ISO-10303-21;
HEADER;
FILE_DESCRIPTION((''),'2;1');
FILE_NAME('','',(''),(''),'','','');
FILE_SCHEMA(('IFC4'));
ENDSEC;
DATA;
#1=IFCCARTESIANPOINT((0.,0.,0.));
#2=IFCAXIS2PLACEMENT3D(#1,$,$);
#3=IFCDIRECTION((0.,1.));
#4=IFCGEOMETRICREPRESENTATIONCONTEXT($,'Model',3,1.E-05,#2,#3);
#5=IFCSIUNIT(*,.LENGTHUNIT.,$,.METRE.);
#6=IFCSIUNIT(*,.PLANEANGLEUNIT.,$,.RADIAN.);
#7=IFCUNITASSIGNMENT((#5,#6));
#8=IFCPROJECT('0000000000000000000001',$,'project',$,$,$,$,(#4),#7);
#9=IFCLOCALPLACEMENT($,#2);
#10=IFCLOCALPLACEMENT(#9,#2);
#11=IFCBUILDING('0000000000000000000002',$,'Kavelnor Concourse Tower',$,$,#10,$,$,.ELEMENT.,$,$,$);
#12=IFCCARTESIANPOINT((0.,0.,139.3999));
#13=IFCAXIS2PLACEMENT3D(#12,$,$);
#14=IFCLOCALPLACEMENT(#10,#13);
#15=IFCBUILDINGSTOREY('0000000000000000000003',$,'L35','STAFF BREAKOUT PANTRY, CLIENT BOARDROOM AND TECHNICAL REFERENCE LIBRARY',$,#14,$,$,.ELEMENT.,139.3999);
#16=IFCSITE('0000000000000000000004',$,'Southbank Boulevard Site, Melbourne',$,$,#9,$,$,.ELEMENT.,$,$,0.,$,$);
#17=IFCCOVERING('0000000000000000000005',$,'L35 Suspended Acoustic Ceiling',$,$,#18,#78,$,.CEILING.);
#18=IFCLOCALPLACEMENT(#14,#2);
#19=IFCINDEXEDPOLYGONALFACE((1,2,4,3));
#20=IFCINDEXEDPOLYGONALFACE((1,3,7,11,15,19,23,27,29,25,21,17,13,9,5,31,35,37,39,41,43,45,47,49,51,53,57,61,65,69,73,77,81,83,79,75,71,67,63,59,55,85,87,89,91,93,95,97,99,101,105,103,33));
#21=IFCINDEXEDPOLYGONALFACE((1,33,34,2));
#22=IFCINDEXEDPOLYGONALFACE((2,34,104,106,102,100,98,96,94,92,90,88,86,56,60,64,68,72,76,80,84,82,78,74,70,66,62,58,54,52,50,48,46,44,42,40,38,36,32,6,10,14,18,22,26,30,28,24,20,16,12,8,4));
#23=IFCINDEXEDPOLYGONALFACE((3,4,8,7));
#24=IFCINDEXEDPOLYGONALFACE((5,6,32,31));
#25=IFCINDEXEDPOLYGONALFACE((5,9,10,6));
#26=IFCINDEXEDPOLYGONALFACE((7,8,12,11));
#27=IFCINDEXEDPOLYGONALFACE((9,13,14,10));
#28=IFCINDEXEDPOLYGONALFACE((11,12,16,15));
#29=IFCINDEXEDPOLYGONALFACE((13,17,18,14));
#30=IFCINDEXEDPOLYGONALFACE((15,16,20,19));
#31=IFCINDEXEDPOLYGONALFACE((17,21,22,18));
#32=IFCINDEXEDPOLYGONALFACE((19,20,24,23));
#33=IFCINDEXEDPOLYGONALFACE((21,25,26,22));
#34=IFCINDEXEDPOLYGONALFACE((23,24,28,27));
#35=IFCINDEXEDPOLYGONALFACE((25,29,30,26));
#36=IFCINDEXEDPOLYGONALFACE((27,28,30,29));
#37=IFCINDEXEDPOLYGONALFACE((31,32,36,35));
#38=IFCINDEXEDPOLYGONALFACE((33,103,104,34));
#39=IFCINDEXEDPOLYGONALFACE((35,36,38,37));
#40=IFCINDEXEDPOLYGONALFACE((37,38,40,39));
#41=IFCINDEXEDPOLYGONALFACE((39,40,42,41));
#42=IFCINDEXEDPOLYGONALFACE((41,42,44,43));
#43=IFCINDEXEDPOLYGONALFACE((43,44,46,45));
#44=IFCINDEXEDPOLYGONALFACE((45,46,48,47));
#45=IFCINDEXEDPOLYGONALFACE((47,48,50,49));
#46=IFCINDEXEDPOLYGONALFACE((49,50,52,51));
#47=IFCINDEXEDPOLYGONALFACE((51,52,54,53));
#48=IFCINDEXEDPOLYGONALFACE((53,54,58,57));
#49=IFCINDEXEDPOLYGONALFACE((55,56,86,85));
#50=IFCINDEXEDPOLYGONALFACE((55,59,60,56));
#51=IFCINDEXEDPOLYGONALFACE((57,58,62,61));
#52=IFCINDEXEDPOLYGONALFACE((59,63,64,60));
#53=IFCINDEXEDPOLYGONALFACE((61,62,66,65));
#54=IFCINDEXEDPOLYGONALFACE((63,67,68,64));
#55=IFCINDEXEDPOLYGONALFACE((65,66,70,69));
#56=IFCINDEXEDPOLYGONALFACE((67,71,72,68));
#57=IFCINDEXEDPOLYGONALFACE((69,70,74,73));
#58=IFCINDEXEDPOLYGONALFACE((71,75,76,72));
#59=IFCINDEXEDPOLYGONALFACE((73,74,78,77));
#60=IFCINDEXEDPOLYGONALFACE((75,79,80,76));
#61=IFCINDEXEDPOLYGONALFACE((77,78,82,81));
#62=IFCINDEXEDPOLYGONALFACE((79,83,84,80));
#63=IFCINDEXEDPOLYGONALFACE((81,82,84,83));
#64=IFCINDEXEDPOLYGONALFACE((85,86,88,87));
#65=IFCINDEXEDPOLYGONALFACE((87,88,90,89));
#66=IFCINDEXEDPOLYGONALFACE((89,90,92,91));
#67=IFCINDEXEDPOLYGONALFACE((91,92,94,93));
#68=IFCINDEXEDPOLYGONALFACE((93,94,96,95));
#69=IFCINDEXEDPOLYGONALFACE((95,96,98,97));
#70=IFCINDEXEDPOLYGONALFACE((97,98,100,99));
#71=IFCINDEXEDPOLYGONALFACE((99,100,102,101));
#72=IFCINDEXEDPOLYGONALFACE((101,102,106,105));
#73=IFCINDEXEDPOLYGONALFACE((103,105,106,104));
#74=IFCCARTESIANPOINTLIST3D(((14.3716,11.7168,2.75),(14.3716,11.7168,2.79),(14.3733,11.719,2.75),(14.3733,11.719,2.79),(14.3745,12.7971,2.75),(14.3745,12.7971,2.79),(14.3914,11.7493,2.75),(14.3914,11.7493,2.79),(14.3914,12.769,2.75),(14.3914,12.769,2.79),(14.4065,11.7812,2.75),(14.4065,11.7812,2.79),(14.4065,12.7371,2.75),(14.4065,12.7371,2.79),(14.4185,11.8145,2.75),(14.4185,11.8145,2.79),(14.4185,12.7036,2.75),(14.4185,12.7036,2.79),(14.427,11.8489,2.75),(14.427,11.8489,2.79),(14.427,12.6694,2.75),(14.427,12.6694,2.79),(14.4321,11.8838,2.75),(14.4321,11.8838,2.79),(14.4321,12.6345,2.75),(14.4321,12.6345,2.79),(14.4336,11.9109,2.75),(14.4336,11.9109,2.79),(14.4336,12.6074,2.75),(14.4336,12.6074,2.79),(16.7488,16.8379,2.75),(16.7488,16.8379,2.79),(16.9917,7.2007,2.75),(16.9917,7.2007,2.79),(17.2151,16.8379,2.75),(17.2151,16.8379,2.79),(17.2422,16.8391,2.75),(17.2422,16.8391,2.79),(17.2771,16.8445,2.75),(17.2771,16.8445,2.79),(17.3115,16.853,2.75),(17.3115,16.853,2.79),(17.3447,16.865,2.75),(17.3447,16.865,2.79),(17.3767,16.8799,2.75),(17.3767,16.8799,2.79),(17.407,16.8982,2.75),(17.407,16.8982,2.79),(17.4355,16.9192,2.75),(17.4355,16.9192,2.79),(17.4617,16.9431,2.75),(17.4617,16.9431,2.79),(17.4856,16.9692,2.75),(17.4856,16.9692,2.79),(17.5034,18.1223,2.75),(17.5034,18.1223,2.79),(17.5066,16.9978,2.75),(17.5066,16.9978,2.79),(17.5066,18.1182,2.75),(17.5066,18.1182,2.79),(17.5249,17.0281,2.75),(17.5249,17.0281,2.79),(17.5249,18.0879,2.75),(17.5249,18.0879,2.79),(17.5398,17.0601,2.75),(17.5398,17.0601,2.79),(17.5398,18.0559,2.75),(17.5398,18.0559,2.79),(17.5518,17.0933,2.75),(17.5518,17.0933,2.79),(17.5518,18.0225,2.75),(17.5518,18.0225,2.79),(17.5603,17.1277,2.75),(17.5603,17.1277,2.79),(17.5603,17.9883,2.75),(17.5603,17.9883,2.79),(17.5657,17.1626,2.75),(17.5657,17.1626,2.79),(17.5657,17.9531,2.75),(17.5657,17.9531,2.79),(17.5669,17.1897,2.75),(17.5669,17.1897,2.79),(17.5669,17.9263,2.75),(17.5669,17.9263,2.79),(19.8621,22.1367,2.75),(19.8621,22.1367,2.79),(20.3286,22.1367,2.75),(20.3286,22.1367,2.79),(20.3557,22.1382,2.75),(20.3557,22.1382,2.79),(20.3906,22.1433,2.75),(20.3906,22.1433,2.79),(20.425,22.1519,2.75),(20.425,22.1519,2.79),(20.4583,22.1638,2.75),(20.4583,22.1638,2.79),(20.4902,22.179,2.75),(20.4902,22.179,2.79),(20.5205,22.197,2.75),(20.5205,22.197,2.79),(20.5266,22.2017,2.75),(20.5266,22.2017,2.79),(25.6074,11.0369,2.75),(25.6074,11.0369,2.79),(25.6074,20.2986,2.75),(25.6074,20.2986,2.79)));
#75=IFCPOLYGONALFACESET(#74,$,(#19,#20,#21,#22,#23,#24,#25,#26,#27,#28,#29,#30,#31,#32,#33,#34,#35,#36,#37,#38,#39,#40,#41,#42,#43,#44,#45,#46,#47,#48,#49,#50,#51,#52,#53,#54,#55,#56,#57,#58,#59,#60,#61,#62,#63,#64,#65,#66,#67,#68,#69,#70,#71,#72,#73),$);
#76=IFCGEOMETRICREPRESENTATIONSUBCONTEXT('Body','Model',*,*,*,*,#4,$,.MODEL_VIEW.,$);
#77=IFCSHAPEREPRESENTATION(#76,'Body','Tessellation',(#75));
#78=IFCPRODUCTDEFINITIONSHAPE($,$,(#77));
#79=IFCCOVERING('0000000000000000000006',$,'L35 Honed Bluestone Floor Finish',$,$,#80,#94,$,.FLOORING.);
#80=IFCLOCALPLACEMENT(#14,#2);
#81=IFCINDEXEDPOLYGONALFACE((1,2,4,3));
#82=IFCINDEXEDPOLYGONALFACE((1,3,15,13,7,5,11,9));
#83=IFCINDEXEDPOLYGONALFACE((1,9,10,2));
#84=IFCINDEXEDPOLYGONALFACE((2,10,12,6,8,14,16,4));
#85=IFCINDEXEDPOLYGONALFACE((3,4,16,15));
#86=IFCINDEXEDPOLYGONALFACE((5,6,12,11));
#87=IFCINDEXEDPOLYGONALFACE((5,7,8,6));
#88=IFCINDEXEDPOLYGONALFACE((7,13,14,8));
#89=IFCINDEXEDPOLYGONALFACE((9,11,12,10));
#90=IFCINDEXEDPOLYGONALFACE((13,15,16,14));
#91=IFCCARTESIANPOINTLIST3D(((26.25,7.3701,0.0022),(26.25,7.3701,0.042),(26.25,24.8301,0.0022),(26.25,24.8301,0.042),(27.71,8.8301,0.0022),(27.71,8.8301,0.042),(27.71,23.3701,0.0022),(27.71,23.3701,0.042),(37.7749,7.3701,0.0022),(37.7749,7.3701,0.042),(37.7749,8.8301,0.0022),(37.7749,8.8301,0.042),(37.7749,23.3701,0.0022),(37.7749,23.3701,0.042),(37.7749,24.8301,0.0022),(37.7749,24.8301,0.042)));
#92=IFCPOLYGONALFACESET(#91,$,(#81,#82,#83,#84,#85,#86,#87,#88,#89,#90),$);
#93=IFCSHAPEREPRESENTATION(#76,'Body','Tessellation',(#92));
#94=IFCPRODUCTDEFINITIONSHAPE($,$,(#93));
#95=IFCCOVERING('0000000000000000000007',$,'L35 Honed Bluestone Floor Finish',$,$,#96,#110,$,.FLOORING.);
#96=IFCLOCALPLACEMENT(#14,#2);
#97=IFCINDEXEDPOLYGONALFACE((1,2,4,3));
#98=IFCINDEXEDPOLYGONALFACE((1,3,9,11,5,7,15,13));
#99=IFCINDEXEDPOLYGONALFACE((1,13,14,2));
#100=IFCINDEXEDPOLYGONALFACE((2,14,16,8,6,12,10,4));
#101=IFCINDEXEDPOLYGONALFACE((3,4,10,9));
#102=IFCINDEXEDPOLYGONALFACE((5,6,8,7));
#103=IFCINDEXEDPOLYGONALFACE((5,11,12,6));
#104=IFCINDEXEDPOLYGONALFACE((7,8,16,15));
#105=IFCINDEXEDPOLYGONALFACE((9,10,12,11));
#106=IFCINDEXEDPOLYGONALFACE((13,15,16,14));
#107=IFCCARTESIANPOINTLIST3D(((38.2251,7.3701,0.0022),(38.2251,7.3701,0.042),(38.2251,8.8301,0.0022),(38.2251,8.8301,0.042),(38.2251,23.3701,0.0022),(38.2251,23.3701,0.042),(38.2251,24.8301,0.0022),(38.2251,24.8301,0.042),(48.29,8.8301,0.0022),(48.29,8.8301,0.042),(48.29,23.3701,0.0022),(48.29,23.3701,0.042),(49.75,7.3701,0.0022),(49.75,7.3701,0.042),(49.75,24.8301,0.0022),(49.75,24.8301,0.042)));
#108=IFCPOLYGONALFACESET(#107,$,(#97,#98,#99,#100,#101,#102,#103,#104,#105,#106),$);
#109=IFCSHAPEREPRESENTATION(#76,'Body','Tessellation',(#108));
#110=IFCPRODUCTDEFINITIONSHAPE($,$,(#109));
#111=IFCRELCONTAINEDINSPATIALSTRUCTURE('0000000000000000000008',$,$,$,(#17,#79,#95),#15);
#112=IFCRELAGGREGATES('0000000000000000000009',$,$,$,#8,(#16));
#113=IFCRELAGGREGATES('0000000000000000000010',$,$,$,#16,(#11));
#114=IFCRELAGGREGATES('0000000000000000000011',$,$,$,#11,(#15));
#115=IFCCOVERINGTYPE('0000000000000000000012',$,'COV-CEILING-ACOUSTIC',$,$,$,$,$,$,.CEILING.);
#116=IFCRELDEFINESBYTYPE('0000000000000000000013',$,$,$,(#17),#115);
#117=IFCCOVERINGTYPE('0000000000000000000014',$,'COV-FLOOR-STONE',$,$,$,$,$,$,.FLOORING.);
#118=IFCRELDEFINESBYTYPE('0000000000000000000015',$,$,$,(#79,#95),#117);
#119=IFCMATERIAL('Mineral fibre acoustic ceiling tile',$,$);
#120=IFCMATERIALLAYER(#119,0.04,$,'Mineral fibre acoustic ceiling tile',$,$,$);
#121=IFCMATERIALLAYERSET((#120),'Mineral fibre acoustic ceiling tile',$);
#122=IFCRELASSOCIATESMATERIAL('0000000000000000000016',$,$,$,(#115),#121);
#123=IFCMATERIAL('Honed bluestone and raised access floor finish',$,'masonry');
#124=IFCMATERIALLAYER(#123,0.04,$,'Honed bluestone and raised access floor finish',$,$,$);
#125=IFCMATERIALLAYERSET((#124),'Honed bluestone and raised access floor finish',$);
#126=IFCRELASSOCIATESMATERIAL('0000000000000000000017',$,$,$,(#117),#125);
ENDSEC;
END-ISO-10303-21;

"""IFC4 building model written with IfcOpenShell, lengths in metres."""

from ifc_helpers import new_model, si_unit, direction, frame, origin, place, context, subcontext, project, spatial, polyline, outline, extrude, material, layer, layer_set, type_object, element, save


model = new_model("IFC4")

# Units and contexts
model_context = context("Model", 3, precision=1e-05, world=origin(), true_north=direction((0.0, 1.0)))
body_context = subcontext(model_context, "Body", "Model", "MODEL_VIEW")
ifc_project = project(units=[si_unit("LENGTHUNIT", "METRE"), si_unit("PLANEANGLEUNIT", "RADIAN")], contexts=[model_context])

# Site, building, storey
site_placement = place(None, origin())
site = spatial("IfcSite", under=ifc_project, at=site_placement, Name="Southbank Boulevard Site, Melbourne", CompositionType="ELEMENT", RefElevation=0.0)
building_placement = place(site_placement, origin())
building = spatial("IfcBuilding", under=site, at=building_placement, Name="Kavelnor Concourse Tower", CompositionType="ELEMENT")
storey_placement = place(building_placement, frame((0.0, 0.0, 139.3999)))
storey = spatial("IfcBuildingStorey", under=building, at=storey_placement, Name="L35", Description="STAFF BREAKOUT PANTRY, CLIENT BOARDROOM AND TECHNICAL REFERENCE LIBRARY", CompositionType="ELEMENT", Elevation=139.3999)

# Coverings
ifc_material_1 = material(Name="Mineral fibre acoustic ceiling tile")
ifc_layer_1 = layer(ifc_material_1, 0.04, Name="Mineral fibre acoustic ceiling tile")
ifc_layer_set_1 = layer_set([ifc_layer_1], Name="Mineral fibre acoustic ceiling tile")
covering_type_1 = type_object("IfcCoveringType", Name="COV-CEILING-ACOUSTIC", PredefinedType="CEILING", material=ifc_layer_set_1)
covering_1_placement = place(storey_placement, frame((0.0, 0.0, 2.75)))
element("IfcCovering", 1, at=covering_1_placement, inside=storey, type_object=covering_type_1, Name="L35 Suspended Acoustic Ceiling", PredefinedType="CEILING", context=body_context, shape_type="SweptSolid", body=[
    extrude(outline(polyline([(14.3733, 11.719), (14.3914, 11.7493), (14.4065, 11.7812), (14.4185, 11.8145), (14.427, 11.8489), (14.4321, 11.8838), (14.4336, 11.9109), (14.4336, 12.6074), (14.4321, 12.6345), (14.427, 12.6694), (14.4185, 12.7036), (14.4065, 12.7371), (14.3914, 12.769), (14.3745, 12.7971), (16.7488, 16.8379), (17.2151, 16.8379), (17.2422, 16.8391), (17.2771, 16.8445), (17.3115, 16.853), (17.3447, 16.865), (17.3767, 16.8799), (17.407, 16.8982), (17.4355, 16.9192), (17.4617, 16.9431), (17.4856, 16.9692), (17.5066, 16.9978), (17.5249, 17.0281), (17.5398, 17.0601), (17.5518, 17.0933), (17.5603, 17.1277), (17.5657, 17.1626), (17.5669, 17.1897), (17.5669, 17.9263), (17.5657, 17.9531), (17.5603, 17.9883), (17.5518, 18.0225), (17.5398, 18.0559), (17.5249, 18.0879), (17.5066, 18.1182), (17.5034, 18.1223), (19.8621, 22.1367), (20.3286, 22.1367), (20.3557, 22.1382), (20.3906, 22.1433), (20.425, 22.1519), (20.4583, 22.1638), (20.4902, 22.179), (20.5205, 22.197), (20.5266, 22.2017), (25.6074, 20.2986), (25.6074, 11.0369), (16.9917, 7.2007), (14.3716, 11.7168), (14.3733, 11.719)])), origin(), (0.0, 0.0, 1.0), 0.04),
])
ifc_material_2 = material(Name="Honed bluestone and raised access floor finish", Category="masonry")
ifc_layer_2 = layer(ifc_material_2, 0.04, Name="Honed bluestone and raised access floor finish")
ifc_layer_set_2 = layer_set([ifc_layer_2], Name="Honed bluestone and raised access floor finish")
covering_type_2 = type_object("IfcCoveringType", Name="COV-FLOOR-STONE", PredefinedType="FLOORING", material=ifc_layer_set_2)
covering_2_placement = place(storey_placement, frame((0.0, 0.0, 0.0022)))
element("IfcCovering", 2, at=covering_2_placement, inside=storey, type_object=covering_type_2, Name="L35 Honed Bluestone Floor Finish", PredefinedType="FLOORING", context=body_context, shape_type="SweptSolid", body=[
    extrude(outline(polyline([(26.25, 7.3701), (26.25, 24.8301), (37.7749, 24.8301), (37.7749, 23.3701), (27.71, 23.3701), (27.71, 8.8301), (37.7749, 8.8301), (37.7749, 7.3701), (26.25, 7.3701)])), origin(), (0.0, 0.0, 1.0), 0.0398),
])
covering_3_placement = place(storey_placement, frame((0.0, 0.0, 0.0022)))
element("IfcCovering", 3, at=covering_3_placement, inside=storey, type_object=covering_type_2, Name="L35 Honed Bluestone Floor Finish", PredefinedType="FLOORING", context=body_context, shape_type="SweptSolid", body=[
    extrude(outline(polyline([(49.75, 7.3701), (38.2251, 7.3701), (38.2251, 8.8301), (48.29, 8.8301), (48.29, 23.3701), (38.2251, 23.3701), (38.2251, 24.8301), (49.75, 24.8301), (49.75, 7.3701)])), origin(), (0.0, 0.0, 1.0), 0.0398),
])

save(model, "model.ifc")
